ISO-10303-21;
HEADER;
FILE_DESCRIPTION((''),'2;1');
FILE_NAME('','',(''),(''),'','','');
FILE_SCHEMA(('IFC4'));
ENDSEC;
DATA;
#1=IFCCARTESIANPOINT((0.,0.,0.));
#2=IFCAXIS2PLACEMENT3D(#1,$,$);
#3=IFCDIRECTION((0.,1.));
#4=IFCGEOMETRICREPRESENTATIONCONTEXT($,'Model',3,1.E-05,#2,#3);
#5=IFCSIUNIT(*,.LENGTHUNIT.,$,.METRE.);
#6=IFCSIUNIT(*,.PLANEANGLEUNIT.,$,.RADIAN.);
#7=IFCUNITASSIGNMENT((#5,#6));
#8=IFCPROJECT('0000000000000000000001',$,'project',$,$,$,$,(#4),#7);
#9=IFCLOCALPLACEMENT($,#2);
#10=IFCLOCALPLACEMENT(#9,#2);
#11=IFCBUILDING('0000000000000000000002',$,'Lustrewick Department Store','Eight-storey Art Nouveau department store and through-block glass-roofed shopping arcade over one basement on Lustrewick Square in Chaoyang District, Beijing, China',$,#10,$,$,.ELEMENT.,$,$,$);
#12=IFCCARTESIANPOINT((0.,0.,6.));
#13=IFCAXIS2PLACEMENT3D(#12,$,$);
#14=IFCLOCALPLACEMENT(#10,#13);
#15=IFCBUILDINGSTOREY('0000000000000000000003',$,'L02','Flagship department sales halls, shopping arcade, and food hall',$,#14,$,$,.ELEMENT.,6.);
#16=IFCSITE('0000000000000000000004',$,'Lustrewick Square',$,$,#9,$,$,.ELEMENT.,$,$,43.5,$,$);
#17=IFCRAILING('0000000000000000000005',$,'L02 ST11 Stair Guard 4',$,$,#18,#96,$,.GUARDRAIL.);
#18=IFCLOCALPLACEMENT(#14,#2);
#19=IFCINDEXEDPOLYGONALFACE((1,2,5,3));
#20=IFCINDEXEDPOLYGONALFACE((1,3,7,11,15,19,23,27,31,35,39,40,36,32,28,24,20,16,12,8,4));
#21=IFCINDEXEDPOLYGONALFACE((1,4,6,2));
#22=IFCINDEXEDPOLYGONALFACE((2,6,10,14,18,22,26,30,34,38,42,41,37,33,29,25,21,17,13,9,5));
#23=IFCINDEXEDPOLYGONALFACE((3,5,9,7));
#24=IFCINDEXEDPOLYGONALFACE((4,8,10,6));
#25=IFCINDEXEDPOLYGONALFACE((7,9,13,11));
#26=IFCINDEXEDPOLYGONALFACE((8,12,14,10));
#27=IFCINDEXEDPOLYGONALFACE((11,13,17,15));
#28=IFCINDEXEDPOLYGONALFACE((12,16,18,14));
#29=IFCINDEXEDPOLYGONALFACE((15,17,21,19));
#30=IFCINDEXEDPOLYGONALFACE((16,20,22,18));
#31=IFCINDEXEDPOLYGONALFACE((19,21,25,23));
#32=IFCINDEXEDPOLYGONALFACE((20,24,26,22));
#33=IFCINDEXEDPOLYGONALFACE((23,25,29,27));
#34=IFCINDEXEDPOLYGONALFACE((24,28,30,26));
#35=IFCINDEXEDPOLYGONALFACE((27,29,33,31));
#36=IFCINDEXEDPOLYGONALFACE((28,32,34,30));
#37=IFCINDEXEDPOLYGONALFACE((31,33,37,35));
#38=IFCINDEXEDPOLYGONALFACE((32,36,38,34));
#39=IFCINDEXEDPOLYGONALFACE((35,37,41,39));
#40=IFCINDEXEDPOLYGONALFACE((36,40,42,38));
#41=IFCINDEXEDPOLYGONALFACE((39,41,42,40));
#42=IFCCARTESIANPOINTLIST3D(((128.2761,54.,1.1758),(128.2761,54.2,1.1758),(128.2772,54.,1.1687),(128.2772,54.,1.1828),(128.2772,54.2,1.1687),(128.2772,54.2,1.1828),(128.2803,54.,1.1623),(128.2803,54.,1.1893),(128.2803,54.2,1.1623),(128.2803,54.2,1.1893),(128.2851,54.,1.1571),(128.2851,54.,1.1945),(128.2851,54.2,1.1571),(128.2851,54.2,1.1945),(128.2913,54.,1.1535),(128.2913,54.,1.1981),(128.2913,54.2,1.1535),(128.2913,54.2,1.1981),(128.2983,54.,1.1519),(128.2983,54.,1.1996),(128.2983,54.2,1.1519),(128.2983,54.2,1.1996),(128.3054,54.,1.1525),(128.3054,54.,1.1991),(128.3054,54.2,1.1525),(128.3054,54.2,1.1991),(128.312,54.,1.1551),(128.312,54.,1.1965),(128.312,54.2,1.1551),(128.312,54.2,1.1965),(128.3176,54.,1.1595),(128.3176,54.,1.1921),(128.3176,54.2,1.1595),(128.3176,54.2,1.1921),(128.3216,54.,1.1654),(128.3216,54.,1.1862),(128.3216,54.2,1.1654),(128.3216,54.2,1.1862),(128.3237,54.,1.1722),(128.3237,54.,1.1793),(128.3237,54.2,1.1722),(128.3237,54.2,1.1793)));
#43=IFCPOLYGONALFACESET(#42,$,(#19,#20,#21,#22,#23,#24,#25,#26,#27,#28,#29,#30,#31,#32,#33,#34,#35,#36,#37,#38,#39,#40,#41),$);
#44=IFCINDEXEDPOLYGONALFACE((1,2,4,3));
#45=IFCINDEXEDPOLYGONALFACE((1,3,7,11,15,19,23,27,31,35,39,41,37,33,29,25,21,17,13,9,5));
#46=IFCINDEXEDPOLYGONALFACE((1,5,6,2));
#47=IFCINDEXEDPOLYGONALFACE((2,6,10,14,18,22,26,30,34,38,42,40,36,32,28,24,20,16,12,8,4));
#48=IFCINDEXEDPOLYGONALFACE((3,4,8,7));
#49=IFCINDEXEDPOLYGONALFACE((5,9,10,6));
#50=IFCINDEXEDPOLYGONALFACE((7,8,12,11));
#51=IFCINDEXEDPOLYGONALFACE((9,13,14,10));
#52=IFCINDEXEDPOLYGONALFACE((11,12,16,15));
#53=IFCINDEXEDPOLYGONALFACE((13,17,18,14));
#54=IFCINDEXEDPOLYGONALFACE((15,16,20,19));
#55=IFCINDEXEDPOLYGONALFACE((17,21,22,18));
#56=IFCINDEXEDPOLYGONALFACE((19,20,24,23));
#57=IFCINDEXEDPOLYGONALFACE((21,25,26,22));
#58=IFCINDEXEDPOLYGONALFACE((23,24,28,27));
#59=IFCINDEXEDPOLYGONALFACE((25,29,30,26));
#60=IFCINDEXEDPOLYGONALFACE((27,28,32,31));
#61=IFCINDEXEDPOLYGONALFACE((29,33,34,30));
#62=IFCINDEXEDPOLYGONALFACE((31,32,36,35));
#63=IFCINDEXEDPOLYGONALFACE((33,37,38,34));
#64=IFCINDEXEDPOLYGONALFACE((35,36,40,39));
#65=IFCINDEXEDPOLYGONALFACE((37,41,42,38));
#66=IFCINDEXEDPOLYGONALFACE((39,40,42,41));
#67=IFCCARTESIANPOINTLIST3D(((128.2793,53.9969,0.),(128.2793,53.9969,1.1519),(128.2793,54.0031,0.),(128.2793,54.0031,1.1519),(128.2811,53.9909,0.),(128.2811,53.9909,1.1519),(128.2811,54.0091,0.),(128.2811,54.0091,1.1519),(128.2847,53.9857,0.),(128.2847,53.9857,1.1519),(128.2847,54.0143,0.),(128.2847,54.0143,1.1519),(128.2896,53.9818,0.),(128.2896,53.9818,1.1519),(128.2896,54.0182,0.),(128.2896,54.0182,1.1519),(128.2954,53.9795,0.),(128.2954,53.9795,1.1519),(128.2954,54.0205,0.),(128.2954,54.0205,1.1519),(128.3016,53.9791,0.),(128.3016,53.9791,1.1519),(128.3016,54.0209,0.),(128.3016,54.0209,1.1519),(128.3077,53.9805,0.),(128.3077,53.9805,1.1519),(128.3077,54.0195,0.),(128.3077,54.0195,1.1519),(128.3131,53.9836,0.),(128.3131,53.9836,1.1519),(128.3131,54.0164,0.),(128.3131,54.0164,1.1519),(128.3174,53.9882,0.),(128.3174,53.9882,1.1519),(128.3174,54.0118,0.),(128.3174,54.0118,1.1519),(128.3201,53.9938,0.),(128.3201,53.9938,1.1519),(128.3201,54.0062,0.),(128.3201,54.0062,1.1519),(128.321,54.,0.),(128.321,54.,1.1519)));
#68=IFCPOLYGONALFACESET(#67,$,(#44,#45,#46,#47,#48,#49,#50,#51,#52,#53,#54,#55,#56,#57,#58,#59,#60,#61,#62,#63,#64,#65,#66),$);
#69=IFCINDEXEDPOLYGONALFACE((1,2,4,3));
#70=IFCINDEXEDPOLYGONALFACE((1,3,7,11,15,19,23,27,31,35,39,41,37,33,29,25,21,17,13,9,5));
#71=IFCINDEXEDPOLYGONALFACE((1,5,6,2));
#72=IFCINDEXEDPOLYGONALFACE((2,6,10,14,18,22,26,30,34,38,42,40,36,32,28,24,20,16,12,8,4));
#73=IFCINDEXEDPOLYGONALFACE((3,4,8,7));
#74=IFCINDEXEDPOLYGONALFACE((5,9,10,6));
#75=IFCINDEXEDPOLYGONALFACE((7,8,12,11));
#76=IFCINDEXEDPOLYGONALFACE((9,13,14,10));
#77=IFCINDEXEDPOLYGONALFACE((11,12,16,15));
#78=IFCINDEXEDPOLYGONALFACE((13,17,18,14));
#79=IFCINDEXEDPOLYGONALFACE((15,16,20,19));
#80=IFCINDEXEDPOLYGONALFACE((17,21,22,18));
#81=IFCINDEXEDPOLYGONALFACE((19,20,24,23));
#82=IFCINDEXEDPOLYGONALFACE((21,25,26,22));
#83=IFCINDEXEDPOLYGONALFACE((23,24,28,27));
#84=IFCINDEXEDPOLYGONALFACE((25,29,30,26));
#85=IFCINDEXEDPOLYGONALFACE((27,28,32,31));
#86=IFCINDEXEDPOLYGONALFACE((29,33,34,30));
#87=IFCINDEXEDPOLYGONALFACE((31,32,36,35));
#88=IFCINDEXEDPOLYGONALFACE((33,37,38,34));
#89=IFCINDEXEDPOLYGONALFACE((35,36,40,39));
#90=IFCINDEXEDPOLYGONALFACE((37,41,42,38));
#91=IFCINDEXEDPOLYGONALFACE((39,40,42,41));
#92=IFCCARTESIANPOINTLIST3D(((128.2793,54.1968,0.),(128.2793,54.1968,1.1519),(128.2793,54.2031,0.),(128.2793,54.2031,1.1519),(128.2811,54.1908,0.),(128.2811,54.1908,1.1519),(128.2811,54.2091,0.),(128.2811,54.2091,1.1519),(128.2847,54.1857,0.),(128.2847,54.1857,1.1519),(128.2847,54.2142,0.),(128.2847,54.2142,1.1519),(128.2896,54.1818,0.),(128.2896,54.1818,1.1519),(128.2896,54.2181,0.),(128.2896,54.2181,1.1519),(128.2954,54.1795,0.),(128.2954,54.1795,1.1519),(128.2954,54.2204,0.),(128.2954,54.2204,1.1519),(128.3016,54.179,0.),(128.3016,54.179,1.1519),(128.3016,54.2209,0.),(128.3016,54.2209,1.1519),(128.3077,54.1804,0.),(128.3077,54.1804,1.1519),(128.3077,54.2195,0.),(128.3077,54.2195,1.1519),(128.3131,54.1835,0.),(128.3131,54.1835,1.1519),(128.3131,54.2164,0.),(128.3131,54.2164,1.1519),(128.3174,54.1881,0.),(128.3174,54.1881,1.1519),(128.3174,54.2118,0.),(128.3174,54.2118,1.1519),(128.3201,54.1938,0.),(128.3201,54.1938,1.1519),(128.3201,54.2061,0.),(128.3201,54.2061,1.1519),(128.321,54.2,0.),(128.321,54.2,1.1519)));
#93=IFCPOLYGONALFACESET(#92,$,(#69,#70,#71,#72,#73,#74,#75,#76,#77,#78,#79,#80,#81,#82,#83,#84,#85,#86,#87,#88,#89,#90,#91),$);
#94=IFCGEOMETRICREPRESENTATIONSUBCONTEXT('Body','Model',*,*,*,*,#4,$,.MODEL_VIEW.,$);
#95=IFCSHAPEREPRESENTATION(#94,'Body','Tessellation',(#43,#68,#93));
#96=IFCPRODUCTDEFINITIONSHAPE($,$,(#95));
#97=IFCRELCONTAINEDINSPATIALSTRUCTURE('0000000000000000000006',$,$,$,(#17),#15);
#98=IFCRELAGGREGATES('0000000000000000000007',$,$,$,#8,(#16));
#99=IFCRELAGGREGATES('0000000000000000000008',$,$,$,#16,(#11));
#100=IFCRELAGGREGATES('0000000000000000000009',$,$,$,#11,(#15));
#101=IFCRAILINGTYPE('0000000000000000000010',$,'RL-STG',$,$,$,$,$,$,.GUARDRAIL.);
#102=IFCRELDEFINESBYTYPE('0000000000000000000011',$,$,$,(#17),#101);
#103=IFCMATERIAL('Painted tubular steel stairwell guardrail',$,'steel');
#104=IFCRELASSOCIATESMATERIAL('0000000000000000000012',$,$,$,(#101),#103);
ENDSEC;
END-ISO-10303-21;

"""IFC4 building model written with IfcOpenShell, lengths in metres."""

from ifc_helpers import new_model, si_unit, direction, frame, origin, origin_2d, place, context, subcontext, project, spatial, circle, extrude, material, type_object, element, save


model = new_model("IFC4")

# Units and contexts
model_context = context("Model", 3, precision=1e-05, world=origin(), true_north=direction((0.0, 1.0)))
body_context = subcontext(model_context, "Body", "Model", "MODEL_VIEW")
ifc_project = project(units=[si_unit("LENGTHUNIT", "METRE"), si_unit("PLANEANGLEUNIT", "RADIAN")], contexts=[model_context])

# Site, building, storey
site_placement = place(None, origin())
site = spatial("IfcSite", under=ifc_project, at=site_placement, Name="Lustrewick Square", CompositionType="ELEMENT", RefElevation=43.5)
building_placement = place(site_placement, origin())
building = spatial("IfcBuilding", under=site, at=building_placement, Name="Lustrewick Department Store", Description="Eight-storey Art Nouveau department store and through-block glass-roofed shopping arcade over one basement on Lustrewick Square in Chaoyang District, Beijing, China", CompositionType="ELEMENT")
storey_placement = place(building_placement, frame((0.0, 0.0, 6.0)))
storey = spatial("IfcBuildingStorey", under=building, at=storey_placement, Name="L02", Description="Flagship department sales halls, shopping arcade, and food hall", CompositionType="ELEMENT", Elevation=6.0)

# Railing
ifc_material_1 = material(Name="Painted tubular steel stairwell guardrail", Category="steel")
railing_type_1 = type_object("IfcRailingType", Name="RL-STG", PredefinedType="GUARDRAIL", material=ifc_material_1)
railing_1_placement = place(storey_placement, frame((128.3, 54.0, 0.0)))
element("IfcRailing", 1, at=railing_1_placement, inside=storey, type_object=railing_type_1, Name="L02 ST11 Stair Guard 4", PredefinedType="GUARDRAIL", context=body_context, shape_type="SweptSolid", body=[
    extrude(circle(Radius=0.0239, at=origin_2d()), frame((0.0, 0.0, 1.1758), z_axis=(0.0, 1.0, 0.0), x_axis=(-1.0, 0.0, 0.0)), (0.0, 0.0, 1.0), 0.2),
    extrude(circle(Radius=0.021, at=origin_2d()), origin(), (0.0, 0.0, 1.0), 1.1519),
    extrude(circle(Radius=0.021, at=origin_2d()), frame((0.0, 0.2, 0.0)), (0.0, 0.0, 1.0), 1.1519),
])

save(model, "model.ifc")
